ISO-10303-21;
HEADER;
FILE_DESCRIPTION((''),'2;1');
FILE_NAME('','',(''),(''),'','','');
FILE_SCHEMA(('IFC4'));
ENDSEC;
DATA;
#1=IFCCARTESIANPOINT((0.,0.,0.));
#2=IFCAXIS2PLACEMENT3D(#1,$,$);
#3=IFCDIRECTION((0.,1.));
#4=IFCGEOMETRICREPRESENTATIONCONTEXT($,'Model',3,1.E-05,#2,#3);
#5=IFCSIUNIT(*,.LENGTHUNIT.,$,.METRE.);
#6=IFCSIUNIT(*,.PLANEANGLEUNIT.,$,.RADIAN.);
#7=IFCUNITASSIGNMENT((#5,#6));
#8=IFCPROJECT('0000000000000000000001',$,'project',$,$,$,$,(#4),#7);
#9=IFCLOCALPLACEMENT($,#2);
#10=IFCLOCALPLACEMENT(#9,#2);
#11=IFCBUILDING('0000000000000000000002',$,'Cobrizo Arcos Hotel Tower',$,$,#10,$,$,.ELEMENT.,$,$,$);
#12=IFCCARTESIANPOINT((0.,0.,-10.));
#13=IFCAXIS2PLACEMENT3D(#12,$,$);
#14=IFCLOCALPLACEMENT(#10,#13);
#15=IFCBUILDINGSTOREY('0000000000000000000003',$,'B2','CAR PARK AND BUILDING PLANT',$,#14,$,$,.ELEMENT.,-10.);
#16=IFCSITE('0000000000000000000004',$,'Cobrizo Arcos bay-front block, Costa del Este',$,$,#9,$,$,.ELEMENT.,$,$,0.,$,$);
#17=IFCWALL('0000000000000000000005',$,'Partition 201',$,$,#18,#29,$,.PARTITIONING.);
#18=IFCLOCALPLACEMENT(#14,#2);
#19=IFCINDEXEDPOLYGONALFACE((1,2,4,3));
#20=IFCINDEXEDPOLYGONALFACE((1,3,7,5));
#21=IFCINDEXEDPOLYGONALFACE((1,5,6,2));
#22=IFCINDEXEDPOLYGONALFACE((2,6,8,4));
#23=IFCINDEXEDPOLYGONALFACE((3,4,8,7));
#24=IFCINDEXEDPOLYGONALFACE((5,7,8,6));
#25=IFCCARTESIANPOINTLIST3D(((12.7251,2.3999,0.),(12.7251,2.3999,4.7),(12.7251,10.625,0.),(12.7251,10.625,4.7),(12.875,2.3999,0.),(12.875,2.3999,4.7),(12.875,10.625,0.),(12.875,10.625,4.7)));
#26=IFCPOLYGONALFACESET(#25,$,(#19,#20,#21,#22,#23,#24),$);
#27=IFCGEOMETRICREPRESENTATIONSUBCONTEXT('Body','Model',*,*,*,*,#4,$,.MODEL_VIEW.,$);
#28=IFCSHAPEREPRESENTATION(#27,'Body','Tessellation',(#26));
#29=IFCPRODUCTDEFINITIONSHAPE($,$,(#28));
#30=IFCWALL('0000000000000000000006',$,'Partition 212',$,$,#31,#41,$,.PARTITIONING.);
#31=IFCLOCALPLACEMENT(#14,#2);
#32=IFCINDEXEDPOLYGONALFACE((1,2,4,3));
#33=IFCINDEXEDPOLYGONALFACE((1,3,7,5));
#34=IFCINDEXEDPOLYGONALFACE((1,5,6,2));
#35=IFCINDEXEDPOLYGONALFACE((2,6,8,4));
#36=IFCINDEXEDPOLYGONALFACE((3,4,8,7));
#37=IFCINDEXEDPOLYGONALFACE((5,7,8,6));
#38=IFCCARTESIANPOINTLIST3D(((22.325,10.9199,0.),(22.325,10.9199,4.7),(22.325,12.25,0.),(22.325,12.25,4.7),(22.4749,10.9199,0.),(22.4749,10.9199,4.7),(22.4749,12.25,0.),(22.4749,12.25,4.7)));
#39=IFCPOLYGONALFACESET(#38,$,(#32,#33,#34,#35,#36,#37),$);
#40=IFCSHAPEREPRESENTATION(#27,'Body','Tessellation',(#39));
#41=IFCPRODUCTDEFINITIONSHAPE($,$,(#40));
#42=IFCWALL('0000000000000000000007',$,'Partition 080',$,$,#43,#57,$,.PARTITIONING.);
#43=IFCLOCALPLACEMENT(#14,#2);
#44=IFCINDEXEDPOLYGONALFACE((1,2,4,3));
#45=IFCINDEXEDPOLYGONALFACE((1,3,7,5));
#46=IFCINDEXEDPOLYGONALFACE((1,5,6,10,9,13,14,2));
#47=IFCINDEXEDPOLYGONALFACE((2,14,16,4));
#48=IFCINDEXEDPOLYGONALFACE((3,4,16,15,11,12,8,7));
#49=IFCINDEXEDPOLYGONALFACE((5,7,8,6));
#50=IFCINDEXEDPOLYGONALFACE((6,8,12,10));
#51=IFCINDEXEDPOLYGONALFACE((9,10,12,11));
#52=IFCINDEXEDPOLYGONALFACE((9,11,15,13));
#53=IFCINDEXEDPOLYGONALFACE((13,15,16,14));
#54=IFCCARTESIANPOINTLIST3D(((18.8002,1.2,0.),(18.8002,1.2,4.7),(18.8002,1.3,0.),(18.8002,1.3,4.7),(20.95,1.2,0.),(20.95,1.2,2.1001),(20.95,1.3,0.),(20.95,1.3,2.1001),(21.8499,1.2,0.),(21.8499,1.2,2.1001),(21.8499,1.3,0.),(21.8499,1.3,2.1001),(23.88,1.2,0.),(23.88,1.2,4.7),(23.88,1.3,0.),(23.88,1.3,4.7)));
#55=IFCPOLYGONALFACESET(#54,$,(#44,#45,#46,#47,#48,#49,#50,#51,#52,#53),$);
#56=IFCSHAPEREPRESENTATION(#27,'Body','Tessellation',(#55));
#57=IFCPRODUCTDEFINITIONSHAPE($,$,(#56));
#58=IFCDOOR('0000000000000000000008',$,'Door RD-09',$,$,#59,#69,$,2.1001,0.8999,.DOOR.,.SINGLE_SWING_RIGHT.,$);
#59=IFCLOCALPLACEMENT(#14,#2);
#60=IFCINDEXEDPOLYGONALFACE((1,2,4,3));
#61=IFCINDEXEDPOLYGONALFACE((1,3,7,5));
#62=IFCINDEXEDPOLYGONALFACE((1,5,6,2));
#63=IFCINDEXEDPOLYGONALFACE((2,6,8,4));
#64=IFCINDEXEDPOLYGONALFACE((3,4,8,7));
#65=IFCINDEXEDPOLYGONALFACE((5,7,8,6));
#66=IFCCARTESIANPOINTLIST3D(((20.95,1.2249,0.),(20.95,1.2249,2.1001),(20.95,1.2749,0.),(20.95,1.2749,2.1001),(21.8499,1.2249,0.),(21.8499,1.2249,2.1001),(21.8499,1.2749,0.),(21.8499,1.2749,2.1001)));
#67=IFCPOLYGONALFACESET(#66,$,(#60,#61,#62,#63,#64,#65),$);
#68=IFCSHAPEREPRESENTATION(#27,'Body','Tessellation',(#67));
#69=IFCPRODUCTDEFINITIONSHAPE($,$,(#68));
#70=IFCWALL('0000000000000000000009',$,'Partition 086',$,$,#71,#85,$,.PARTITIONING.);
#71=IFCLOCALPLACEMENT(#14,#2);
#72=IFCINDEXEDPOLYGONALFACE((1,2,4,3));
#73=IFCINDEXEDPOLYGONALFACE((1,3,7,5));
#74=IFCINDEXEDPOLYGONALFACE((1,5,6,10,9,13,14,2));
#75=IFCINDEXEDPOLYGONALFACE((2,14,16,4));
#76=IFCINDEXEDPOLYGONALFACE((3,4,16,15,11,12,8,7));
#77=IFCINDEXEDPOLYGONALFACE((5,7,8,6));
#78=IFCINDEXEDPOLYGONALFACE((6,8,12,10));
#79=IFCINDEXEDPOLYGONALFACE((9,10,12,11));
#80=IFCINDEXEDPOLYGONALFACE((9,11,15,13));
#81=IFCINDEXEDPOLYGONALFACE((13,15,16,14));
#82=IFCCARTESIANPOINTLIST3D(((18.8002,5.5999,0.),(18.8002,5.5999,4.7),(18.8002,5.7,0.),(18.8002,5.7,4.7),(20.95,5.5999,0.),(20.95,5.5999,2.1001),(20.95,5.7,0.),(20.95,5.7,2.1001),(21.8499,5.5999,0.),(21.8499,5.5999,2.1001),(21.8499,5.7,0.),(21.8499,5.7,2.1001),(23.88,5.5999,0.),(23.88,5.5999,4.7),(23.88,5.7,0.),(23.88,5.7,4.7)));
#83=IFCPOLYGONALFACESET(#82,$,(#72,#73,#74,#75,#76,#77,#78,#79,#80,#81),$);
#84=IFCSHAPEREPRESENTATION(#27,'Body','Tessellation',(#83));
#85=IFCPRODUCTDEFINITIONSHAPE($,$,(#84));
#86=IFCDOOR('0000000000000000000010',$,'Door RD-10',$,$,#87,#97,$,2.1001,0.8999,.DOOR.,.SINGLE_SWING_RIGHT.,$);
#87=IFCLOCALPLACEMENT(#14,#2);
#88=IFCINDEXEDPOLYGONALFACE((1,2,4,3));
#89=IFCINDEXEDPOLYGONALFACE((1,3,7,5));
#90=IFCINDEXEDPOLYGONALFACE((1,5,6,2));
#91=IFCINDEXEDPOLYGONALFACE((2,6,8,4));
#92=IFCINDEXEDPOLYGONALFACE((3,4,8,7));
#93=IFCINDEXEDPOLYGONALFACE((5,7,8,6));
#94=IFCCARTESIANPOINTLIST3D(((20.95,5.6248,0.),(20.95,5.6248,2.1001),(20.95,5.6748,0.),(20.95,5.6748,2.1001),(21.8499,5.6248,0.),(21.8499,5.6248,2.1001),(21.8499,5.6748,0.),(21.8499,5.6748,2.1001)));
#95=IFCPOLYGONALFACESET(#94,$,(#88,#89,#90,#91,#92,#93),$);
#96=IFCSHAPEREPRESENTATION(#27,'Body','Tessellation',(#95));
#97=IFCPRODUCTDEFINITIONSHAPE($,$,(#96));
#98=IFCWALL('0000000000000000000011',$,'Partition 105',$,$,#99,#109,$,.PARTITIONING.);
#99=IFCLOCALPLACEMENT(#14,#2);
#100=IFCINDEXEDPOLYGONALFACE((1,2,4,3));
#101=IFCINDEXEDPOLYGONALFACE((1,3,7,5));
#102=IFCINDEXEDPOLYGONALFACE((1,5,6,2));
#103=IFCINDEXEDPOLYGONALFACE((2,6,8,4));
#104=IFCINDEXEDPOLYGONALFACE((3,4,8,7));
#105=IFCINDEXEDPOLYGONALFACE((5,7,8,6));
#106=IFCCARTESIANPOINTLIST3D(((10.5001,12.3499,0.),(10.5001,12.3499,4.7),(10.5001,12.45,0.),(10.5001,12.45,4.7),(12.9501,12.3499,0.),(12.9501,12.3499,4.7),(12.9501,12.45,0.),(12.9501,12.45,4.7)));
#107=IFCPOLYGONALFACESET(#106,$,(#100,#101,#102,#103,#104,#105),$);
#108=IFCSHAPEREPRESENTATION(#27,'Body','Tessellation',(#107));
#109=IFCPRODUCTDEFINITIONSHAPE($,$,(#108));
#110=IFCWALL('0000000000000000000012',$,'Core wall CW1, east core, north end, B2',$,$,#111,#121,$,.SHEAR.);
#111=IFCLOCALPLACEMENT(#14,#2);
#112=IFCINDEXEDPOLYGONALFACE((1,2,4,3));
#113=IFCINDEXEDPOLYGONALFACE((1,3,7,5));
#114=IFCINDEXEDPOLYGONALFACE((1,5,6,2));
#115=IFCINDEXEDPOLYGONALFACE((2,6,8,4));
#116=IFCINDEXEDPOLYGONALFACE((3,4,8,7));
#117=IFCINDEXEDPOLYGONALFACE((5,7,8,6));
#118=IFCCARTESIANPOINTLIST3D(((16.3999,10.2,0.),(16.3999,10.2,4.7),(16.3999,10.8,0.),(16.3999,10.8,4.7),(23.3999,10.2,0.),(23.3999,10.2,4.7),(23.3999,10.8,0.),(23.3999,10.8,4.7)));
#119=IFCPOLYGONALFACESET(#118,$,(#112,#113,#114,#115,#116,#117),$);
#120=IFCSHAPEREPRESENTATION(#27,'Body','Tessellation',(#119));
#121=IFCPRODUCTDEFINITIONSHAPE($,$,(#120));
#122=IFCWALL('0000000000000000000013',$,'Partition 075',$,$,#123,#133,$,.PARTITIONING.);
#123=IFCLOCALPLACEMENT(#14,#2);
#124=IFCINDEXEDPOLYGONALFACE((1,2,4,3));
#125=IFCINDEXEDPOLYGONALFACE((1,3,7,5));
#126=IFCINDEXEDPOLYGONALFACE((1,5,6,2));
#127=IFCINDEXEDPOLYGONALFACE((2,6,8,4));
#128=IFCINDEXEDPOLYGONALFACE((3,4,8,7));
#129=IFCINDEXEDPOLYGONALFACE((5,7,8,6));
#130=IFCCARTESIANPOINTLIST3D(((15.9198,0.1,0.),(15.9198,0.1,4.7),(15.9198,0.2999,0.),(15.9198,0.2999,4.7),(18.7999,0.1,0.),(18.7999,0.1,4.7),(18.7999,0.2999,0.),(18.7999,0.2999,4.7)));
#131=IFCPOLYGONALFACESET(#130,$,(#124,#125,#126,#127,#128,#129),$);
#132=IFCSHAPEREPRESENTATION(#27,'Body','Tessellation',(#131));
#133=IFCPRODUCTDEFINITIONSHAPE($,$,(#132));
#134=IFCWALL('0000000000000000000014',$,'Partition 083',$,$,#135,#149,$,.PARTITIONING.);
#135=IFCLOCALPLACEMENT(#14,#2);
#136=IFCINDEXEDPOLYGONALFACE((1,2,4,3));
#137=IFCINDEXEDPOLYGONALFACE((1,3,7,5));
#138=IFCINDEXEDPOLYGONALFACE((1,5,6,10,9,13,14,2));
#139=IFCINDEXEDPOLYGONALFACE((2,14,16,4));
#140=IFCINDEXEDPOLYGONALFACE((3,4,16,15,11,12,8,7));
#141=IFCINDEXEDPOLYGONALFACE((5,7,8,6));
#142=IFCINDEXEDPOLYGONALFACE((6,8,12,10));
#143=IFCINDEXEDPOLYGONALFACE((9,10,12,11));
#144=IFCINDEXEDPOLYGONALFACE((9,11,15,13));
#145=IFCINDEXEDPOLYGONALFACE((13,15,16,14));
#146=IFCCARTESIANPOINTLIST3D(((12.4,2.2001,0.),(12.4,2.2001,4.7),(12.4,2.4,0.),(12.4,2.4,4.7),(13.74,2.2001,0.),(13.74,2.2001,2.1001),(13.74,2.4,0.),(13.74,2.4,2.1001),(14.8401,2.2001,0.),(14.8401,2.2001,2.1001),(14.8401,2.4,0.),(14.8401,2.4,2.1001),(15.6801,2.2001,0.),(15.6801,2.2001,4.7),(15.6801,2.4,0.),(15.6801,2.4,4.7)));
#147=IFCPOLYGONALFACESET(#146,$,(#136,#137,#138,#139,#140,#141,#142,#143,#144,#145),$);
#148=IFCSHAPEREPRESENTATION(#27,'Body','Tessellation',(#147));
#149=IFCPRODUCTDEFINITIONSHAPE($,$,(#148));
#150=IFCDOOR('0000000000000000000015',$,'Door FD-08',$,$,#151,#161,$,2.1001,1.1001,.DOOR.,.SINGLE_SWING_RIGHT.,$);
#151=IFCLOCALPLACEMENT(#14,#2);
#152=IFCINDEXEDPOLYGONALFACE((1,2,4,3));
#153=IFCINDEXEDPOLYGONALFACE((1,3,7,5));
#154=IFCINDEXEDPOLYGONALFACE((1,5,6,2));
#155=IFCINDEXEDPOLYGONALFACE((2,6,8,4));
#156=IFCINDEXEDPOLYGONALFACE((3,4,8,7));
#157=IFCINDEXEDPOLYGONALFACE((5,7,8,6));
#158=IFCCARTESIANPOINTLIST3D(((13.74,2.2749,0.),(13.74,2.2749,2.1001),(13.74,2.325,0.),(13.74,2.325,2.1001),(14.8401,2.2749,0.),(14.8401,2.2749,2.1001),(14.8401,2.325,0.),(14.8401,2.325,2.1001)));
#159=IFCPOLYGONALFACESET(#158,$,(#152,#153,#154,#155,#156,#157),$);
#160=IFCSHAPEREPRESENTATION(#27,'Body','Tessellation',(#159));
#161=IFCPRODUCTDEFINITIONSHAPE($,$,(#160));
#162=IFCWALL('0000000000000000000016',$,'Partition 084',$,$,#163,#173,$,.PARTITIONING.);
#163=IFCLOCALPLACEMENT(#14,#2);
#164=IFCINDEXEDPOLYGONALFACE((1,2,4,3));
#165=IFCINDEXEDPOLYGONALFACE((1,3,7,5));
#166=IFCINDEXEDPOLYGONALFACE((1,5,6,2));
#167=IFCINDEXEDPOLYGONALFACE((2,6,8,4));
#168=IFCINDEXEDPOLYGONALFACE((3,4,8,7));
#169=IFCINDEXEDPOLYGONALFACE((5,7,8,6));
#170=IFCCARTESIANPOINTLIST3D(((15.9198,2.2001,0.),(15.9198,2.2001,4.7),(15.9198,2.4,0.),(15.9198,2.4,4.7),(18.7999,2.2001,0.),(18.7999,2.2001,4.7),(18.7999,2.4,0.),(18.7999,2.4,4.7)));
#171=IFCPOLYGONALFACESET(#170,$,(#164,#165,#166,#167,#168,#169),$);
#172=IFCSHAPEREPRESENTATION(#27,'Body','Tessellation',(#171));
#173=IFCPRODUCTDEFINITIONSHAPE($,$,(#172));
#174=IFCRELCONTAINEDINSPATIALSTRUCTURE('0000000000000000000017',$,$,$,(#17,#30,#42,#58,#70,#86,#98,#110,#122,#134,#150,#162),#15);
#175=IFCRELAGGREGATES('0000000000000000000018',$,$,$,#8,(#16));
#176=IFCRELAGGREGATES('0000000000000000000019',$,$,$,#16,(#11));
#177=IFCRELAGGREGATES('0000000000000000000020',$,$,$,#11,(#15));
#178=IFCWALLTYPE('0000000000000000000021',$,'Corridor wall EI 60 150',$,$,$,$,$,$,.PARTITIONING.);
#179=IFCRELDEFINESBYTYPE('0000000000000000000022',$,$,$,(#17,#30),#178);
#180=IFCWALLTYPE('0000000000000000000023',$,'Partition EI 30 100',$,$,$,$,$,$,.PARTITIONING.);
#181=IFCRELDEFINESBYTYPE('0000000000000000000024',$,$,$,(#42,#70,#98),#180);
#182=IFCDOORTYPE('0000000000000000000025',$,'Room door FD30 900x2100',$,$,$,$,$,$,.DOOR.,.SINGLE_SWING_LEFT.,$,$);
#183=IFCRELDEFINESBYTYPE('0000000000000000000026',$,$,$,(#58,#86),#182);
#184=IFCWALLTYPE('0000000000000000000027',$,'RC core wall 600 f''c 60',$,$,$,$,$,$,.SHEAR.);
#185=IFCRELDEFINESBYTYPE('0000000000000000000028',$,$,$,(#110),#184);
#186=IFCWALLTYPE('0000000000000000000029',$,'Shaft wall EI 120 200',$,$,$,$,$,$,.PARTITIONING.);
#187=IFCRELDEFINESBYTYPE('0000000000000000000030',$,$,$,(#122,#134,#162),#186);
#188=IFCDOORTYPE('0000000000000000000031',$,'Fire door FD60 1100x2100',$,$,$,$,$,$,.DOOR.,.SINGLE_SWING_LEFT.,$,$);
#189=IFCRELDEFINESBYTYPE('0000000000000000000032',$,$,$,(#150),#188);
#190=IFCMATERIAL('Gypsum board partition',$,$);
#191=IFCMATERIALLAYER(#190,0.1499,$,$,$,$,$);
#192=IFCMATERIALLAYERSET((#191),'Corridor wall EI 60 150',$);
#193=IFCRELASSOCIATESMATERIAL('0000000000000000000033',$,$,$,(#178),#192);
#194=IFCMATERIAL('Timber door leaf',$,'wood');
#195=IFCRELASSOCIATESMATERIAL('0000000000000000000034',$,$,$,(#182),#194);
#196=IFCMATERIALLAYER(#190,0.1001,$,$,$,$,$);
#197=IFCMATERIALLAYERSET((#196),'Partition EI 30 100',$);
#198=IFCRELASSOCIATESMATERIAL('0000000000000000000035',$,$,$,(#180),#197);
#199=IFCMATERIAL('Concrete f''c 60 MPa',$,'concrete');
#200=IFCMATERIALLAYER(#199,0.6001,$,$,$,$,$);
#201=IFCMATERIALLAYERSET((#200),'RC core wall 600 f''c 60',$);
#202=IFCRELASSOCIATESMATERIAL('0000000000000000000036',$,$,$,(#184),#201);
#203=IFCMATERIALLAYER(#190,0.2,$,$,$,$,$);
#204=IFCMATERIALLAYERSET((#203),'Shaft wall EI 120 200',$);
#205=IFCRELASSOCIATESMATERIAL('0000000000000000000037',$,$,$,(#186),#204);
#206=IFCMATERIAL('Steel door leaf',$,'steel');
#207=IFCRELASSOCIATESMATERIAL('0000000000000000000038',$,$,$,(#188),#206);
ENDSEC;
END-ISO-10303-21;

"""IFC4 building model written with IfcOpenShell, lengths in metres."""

from ifc_helpers import new_model, si_unit, direction, frame, frame_2d, origin, place, context, subcontext, project, spatial, rectangle, extrude, material, layer, layer_set, type_object, element, fill, save


model = new_model("IFC4")

# Units and contexts
model_context = context("Model", 3, precision=1e-05, world=origin(), true_north=direction((0.0, 1.0)))
body_context = subcontext(model_context, "Body", "Model", "MODEL_VIEW")
ifc_project = project(units=[si_unit("LENGTHUNIT", "METRE"), si_unit("PLANEANGLEUNIT", "RADIAN")], contexts=[model_context])

# Site, building, storey
site_placement = place(None, origin())
site = spatial("IfcSite", under=ifc_project, at=site_placement, Name="Cobrizo Arcos bay-front block, Costa del Este", CompositionType="ELEMENT", RefElevation=0.0)
building_placement = place(site_placement, origin())
building = spatial("IfcBuilding", under=site, at=building_placement, Name="Cobrizo Arcos Hotel Tower", CompositionType="ELEMENT")
storey_placement = place(building_placement, frame((0.0, 0.0, -10.0)))
storey = spatial("IfcBuildingStorey", under=building, at=storey_placement, Name="B2", Description="CAR PARK AND BUILDING PLANT", CompositionType="ELEMENT", Elevation=-10.0)

# Shared definitions
ifc_material_1 = material(Name="Gypsum board partition")
ifc_layer_1 = layer(ifc_material_1, 0.1499)
ifc_layer_set_1 = layer_set([ifc_layer_1], Name="Corridor wall EI 60 150")
wall_type_1 = type_object("IfcWallType", Name="Corridor wall EI 60 150", PredefinedType="PARTITIONING", material=ifc_layer_set_1)
ifc_material_2 = material(Name="Timber door leaf", Category="wood")
door_type_1 = type_object("IfcDoorType", Name="Room door FD30 900x2100", OperationType="SINGLE_SWING_LEFT", PredefinedType="DOOR", material=ifc_material_2)

# Walls
wall_1_placement = place(storey_placement, frame((12.8, 2.3999, 0.0), z_axis=(0.0, 0.0, 1.0), x_axis=(0.0, 1.0, 0.0)))
element("IfcWall", 1, at=wall_1_placement, inside=storey, type_object=wall_type_1, Name="Partition 201", PredefinedType="PARTITIONING", context=body_context, shape_type="SweptSolid", body=[
    extrude(rectangle(XDim=8.2251, YDim=0.1499, at=frame_2d((4.1125, 0.0))), origin(), (0.0, 0.0, 1.0), 4.7),
])
wall_2_placement = place(storey_placement, frame((22.3999, 10.9199, 0.0), z_axis=(0.0, 0.0, 1.0), x_axis=(0.0, 1.0, 0.0)))
element("IfcWall", 2, at=wall_2_placement, inside=storey, type_object=wall_type_1, Name="Partition 212", PredefinedType="PARTITIONING", context=body_context, shape_type="SweptSolid", body=[
    extrude(rectangle(XDim=1.3301, YDim=0.1499, at=frame_2d((0.665, 0.0))), origin(), (0.0, 0.0, 1.0), 4.7),
])

# Walls, openings, doors
ifc_layer_2 = layer(ifc_material_1, 0.1001)
ifc_layer_set_2 = layer_set([ifc_layer_2], Name="Partition EI 30 100")
wall_type_2 = type_object("IfcWallType", Name="Partition EI 30 100", PredefinedType="PARTITIONING", material=ifc_layer_set_2)
wall_3_placement = place(storey_placement, frame((18.8, 1.25, 0.0), z_axis=(0.0, 0.0, 1.0), x_axis=(1.0, 0.0, 0.0)))
wall_3 = element("IfcWall", 3, at=wall_3_placement, inside=storey, type_object=wall_type_2, Name="Partition 080", PredefinedType="PARTITIONING", context=body_context, shape_type="SweptSolid", body=[
    extrude(rectangle(XDim=5.0798, YDim=0.1001, at=frame_2d((2.54, 0.0))), origin(), (0.0, 0.0, 1.0), 4.7),
])
opening_1_placement = place(wall_3_placement, frame((2.1499, 0.0, 0.0)))
opening_1 = element("IfcOpeningElement", 4, at=opening_1_placement, cuts=wall_3, PredefinedType="OPENING", context=body_context, shape_type="SweptSolid", body=[
    extrude(rectangle(XDim=0.8999, YDim=2.1001, at=frame_2d((0.45, 1.05))), frame((0.0, 0.062, 0.0), z_axis=(0.0, -1.0, 0.0), x_axis=(1.0, 0.0, 0.0)), (0.0, 0.0, 1.0), 0.124),
])
door_1_placement = place(opening_1_placement, origin())
door_1 = element("IfcDoor", 5, at=door_1_placement, inside=storey, type_object=door_type_1, Name="Door RD-09", OperationType="SINGLE_SWING_RIGHT", OverallHeight=2.1001, OverallWidth=0.8999, PredefinedType="DOOR", context=body_context, shape_type="SweptSolid", body=[
    extrude(rectangle(XDim=0.8999, YDim=2.1001, at=frame_2d((0.45, 1.05))), frame((0.0, 0.0249, 0.0), z_axis=(0.0, -1.0, 0.0), x_axis=(1.0, 0.0, 0.0)), (0.0, 0.0, 1.0), 0.05),
])
fill(opening_1, door_1)
wall_4_placement = place(storey_placement, frame((18.8, 5.6499, 0.0), z_axis=(0.0, 0.0, 1.0), x_axis=(1.0, 0.0, 0.0)))
wall_4 = element("IfcWall", 6, at=wall_4_placement, inside=storey, type_object=wall_type_2, Name="Partition 086", PredefinedType="PARTITIONING", context=body_context, shape_type="SweptSolid", body=[
    extrude(rectangle(XDim=5.0798, YDim=0.1001, at=frame_2d((2.54, 0.0))), origin(), (0.0, 0.0, 1.0), 4.7),
])
opening_2_placement = place(wall_4_placement, frame((2.1499, 0.0, 0.0)))
opening_2 = element("IfcOpeningElement", 7, at=opening_2_placement, cuts=wall_4, PredefinedType="OPENING", context=body_context, shape_type="SweptSolid", body=[
    extrude(rectangle(XDim=0.8999, YDim=2.1001, at=frame_2d((0.45, 1.05))), frame((0.0, 0.062, 0.0), z_axis=(0.0, -1.0, 0.0), x_axis=(1.0, 0.0, 0.0)), (0.0, 0.0, 1.0), 0.124),
])
door_2_placement = place(opening_2_placement, origin())
door_2 = element("IfcDoor", 8, at=door_2_placement, inside=storey, type_object=door_type_1, Name="Door RD-10", OperationType="SINGLE_SWING_RIGHT", OverallHeight=2.1001, OverallWidth=0.8999, PredefinedType="DOOR", context=body_context, shape_type="SweptSolid", body=[
    extrude(rectangle(XDim=0.8999, YDim=2.1001, at=frame_2d((0.45, 1.05))), frame((0.0, 0.0249, 0.0), z_axis=(0.0, -1.0, 0.0), x_axis=(1.0, 0.0, 0.0)), (0.0, 0.0, 1.0), 0.05),
])
fill(opening_2, door_2)

# Walls
wall_5_placement = place(storey_placement, frame((10.5, 12.3999, 0.0), z_axis=(0.0, 0.0, 1.0), x_axis=(1.0, 0.0, 0.0)))
element("IfcWall", 9, at=wall_5_placement, inside=storey, type_object=wall_type_2, Name="Partition 105", PredefinedType="PARTITIONING", context=body_context, shape_type="SweptSolid", body=[
    extrude(rectangle(XDim=2.45, YDim=0.1001, at=frame_2d((1.2251, 0.0))), origin(), (0.0, 0.0, 1.0), 4.7),
])
ifc_material_3 = material(Name="Concrete f'c 60 MPa", Category="concrete")
ifc_layer_3 = layer(ifc_material_3, 0.6001)
ifc_layer_set_3 = layer_set([ifc_layer_3], Name="RC core wall 600 f'c 60")
wall_type_3 = type_object("IfcWallType", Name="RC core wall 600 f'c 60", PredefinedType="SHEAR", material=ifc_layer_set_3)
wall_6_placement = place(storey_placement, frame((16.3999, 10.5, 0.0), z_axis=(0.0, 0.0, 1.0), x_axis=(1.0, 0.0, 0.0)))
element("IfcWall", 10, at=wall_6_placement, inside=storey, type_object=wall_type_3, Name="Core wall CW1, east core, north end, B2", PredefinedType="SHEAR", context=body_context, shape_type="SweptSolid", body=[
    extrude(rectangle(XDim=7.0, YDim=0.6001, at=frame_2d((3.5, 0.0))), origin(), (0.0, 0.0, 1.0), 4.7),
])
ifc_layer_4 = layer(ifc_material_1, 0.2)
ifc_layer_set_4 = layer_set([ifc_layer_4], Name="Shaft wall EI 120 200")
wall_type_4 = type_object("IfcWallType", Name="Shaft wall EI 120 200", PredefinedType="PARTITIONING", material=ifc_layer_set_4)
wall_7_placement = place(storey_placement, frame((15.9199, 0.2, 0.0), z_axis=(0.0, 0.0, 1.0), x_axis=(1.0, 0.0, 0.0)))
element("IfcWall", 11, at=wall_7_placement, inside=storey, type_object=wall_type_4, Name="Partition 075", PredefinedType="PARTITIONING", context=body_context, shape_type="SweptSolid", body=[
    extrude(rectangle(XDim=2.8801, YDim=0.2, at=frame_2d((1.4399, 0.0))), origin(), (0.0, 0.0, 1.0), 4.7),
])

# Wall, opening, door
wall_8_placement = place(storey_placement, frame((12.3999, 2.3, 0.0), z_axis=(0.0, 0.0, 1.0), x_axis=(1.0, 0.0, 0.0)))
wall_8 = element("IfcWall", 12, at=wall_8_placement, inside=storey, type_object=wall_type_4, Name="Partition 083", PredefinedType="PARTITIONING", context=body_context, shape_type="SweptSolid", body=[
    extrude(rectangle(XDim=3.28, YDim=0.2, at=frame_2d((1.6401, 0.0))), origin(), (0.0, 0.0, 1.0), 4.7),
])
opening_3_placement = place(wall_8_placement, frame((1.3401, 0.0, 0.0)))
opening_3 = element("IfcOpeningElement", 13, at=opening_3_placement, cuts=wall_8, PredefinedType="OPENING", context=body_context, shape_type="SweptSolid", body=[
    extrude(rectangle(XDim=1.1001, YDim=2.1001, at=frame_2d((0.55, 1.05))), frame((0.0, 0.1121, 0.0), z_axis=(0.0, -1.0, 0.0), x_axis=(1.0, 0.0, 0.0)), (0.0, 0.0, 1.0), 0.2239),
])
ifc_material_4 = material(Name="Steel door leaf", Category="steel")
door_type_2 = type_object("IfcDoorType", Name="Fire door FD60 1100x2100", OperationType="SINGLE_SWING_LEFT", PredefinedType="DOOR", material=ifc_material_4)
door_3_placement = place(opening_3_placement, origin())
door_3 = element("IfcDoor", 14, at=door_3_placement, inside=storey, type_object=door_type_2, Name="Door FD-08", OperationType="SINGLE_SWING_RIGHT", OverallHeight=2.1001, OverallWidth=1.1001, PredefinedType="DOOR", context=body_context, shape_type="SweptSolid", body=[
    extrude(rectangle(XDim=1.1001, YDim=2.1001, at=frame_2d((0.55, 1.05))), frame((0.0, 0.0249, 0.0), z_axis=(0.0, -1.0, 0.0), x_axis=(1.0, 0.0, 0.0)), (0.0, 0.0, 1.0), 0.05),
])
fill(opening_3, door_3)

# Wall
wall_9_placement = place(storey_placement, frame((15.9199, 2.3, 0.0), z_axis=(0.0, 0.0, 1.0), x_axis=(1.0, 0.0, 0.0)))
element("IfcWall", 15, at=wall_9_placement, inside=storey, type_object=wall_type_4, Name="Partition 084", PredefinedType="PARTITIONING", context=body_context, shape_type="SweptSolid", body=[
    extrude(rectangle(XDim=2.8801, YDim=0.2, at=frame_2d((1.4399, 0.0))), origin(), (0.0, 0.0, 1.0), 4.7),
])

save(model, "model.ifc")
